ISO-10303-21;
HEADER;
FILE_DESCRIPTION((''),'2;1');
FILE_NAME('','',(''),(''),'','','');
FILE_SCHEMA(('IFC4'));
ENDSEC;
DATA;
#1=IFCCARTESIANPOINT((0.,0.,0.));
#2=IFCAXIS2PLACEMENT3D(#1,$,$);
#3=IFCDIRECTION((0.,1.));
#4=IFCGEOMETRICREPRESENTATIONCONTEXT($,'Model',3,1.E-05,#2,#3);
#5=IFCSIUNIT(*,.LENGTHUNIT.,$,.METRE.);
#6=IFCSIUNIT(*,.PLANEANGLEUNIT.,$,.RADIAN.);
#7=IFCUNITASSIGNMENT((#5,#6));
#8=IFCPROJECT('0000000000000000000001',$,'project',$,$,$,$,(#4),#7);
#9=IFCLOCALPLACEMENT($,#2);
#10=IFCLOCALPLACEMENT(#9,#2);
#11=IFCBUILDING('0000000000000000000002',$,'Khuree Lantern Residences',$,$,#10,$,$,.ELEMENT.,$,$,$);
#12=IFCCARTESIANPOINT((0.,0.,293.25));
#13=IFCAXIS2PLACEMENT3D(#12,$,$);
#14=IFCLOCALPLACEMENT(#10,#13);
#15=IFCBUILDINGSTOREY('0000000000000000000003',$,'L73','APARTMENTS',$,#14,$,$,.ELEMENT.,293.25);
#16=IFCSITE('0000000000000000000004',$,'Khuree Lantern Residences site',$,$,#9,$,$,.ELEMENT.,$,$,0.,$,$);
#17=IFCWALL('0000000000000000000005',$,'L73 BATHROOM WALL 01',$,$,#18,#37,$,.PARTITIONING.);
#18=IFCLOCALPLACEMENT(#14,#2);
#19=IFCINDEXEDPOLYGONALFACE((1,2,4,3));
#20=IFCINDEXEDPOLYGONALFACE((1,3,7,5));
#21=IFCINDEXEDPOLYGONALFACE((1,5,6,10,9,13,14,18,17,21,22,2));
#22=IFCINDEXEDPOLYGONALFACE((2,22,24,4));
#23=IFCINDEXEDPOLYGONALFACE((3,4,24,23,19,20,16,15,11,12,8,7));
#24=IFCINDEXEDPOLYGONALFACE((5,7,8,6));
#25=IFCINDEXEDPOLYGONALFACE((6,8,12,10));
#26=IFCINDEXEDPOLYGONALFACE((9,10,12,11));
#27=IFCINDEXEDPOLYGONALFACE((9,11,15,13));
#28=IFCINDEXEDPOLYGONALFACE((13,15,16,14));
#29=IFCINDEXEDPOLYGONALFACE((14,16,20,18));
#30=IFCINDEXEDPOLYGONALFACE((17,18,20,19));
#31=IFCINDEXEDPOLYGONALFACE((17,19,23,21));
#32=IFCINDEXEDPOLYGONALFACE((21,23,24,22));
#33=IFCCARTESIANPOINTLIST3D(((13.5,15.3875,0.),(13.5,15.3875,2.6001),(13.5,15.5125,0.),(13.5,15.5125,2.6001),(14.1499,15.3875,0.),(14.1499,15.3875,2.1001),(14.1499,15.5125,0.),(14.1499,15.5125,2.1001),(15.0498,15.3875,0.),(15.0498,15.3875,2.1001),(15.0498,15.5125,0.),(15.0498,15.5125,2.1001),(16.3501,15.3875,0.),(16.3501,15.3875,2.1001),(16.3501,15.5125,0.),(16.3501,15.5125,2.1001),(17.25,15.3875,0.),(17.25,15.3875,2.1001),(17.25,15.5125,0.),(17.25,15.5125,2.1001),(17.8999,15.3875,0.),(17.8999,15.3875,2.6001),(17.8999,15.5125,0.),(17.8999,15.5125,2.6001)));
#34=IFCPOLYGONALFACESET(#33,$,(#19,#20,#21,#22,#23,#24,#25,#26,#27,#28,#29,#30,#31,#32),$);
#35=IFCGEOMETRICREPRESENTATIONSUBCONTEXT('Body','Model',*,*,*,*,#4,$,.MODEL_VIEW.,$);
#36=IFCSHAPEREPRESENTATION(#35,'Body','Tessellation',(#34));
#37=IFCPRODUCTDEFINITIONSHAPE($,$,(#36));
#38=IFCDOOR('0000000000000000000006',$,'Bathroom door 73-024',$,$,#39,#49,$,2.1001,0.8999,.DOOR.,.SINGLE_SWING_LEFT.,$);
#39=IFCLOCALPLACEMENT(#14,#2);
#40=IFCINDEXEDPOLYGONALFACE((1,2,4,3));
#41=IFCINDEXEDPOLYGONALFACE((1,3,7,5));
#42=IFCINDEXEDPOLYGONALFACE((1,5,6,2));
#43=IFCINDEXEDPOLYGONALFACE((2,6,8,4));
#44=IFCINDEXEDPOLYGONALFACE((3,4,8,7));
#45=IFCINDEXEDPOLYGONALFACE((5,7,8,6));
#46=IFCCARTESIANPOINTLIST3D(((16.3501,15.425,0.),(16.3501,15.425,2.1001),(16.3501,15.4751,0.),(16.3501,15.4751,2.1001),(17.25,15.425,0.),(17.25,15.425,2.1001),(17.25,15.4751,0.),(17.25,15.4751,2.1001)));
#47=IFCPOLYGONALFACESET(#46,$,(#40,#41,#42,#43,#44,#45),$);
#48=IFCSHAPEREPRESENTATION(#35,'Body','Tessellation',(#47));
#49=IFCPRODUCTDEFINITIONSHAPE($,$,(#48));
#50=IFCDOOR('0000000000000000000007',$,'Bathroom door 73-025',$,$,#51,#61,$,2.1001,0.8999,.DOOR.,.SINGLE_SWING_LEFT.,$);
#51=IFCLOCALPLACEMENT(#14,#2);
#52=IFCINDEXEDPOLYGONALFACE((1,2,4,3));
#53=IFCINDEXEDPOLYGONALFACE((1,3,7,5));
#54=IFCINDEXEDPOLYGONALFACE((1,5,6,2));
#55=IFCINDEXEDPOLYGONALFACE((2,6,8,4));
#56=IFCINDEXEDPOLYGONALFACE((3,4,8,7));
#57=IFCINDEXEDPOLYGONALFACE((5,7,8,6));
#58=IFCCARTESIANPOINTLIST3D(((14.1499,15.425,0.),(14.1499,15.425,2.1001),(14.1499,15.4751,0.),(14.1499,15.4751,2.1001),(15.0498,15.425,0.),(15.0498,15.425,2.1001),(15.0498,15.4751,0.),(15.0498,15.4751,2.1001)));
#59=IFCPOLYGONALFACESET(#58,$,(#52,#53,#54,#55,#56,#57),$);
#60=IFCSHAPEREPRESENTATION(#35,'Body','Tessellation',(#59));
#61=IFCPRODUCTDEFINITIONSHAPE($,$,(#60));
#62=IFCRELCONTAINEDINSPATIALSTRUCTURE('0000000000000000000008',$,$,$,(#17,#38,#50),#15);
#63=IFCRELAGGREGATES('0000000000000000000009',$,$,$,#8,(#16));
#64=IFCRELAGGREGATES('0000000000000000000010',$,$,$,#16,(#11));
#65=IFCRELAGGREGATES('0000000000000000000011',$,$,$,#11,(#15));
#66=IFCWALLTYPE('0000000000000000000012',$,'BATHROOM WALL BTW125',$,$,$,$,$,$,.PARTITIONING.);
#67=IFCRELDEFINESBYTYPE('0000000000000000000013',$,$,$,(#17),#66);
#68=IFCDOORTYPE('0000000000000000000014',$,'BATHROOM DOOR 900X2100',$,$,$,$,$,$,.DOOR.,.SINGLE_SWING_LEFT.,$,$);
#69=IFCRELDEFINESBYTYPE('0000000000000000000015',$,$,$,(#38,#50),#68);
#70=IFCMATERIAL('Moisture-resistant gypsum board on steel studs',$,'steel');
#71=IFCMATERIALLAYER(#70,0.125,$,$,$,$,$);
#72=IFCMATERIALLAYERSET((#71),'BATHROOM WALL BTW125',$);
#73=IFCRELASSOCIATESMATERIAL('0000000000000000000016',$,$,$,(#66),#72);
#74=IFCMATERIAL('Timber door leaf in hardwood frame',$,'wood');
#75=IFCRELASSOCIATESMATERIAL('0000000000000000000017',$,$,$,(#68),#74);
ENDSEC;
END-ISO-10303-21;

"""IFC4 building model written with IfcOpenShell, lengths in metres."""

from ifc_helpers import new_model, si_unit, direction, frame, frame_2d, origin, place, context, subcontext, project, spatial, rectangle, extrude, material, layer, layer_set, type_object, element, fill, save


model = new_model("IFC4")

# Units and contexts
model_context = context("Model", 3, precision=1e-05, world=origin(), true_north=direction((0.0, 1.0)))
body_context = subcontext(model_context, "Body", "Model", "MODEL_VIEW")
ifc_project = project(units=[si_unit("LENGTHUNIT", "METRE"), si_unit("PLANEANGLEUNIT", "RADIAN")], contexts=[model_context])

# Site, building, storey
site_placement = place(None, origin())
site = spatial("IfcSite", under=ifc_project, at=site_placement, Name="Khuree Lantern Residences site", CompositionType="ELEMENT", RefElevation=0.0)
building_placement = place(site_placement, origin())
building = spatial("IfcBuilding", under=site, at=building_placement, Name="Khuree Lantern Residences", CompositionType="ELEMENT")
storey_placement = place(building_placement, frame((0.0, 0.0, 293.25)))
storey = spatial("IfcBuildingStorey", under=building, at=storey_placement, Name="L73", Description="APARTMENTS", CompositionType="ELEMENT", Elevation=293.25)

# Wall, openings, doors
ifc_material_1 = material(Name="Moisture-resistant gypsum board on steel studs", Category="steel")
ifc_layer_1 = layer(ifc_material_1, 0.125)
ifc_layer_set_1 = layer_set([ifc_layer_1], Name="BATHROOM WALL BTW125")
wall_type = type_object("IfcWallType", Name="BATHROOM WALL BTW125", PredefinedType="PARTITIONING", material=ifc_layer_set_1)
wall_placement = place(storey_placement, frame((17.8999, 15.45, 0.0), z_axis=(0.0, 0.0, 1.0), x_axis=(-1.0, 0.0, 0.0)))
wall = element("IfcWall", 1, at=wall_placement, inside=storey, type_object=wall_type, Name="L73 BATHROOM WALL 01", PredefinedType="PARTITIONING", context=body_context, shape_type="SweptSolid", body=[
    extrude(rectangle(XDim=4.3999, YDim=0.125, at=frame_2d((2.2, 0.0))), origin(), (0.0, 0.0, 1.0), 2.6001),
])
opening_1_placement = place(wall_placement, frame((0.6499, 0.0, 0.0)))
opening_1 = element("IfcOpeningElement", 2, at=opening_1_placement, cuts=wall, PredefinedType="OPENING", context=body_context, shape_type="SweptSolid", body=[
    extrude(rectangle(XDim=0.8999, YDim=2.1001, at=frame_2d((0.45, 1.05))), frame((0.0, 0.0725, 0.0), z_axis=(0.0, -1.0, 0.0), x_axis=(1.0, 0.0, 0.0)), (0.0, 0.0, 1.0), 0.145),
])
opening_2_placement = place(wall_placement, frame((2.8501, 0.0, 0.0)))
opening_2 = element("IfcOpeningElement", 3, at=opening_2_placement, cuts=wall, PredefinedType="OPENING", context=body_context, shape_type="SweptSolid", body=[
    extrude(rectangle(XDim=0.8999, YDim=2.1001, at=frame_2d((0.45, 1.05))), frame((0.0, 0.0725, 0.0), z_axis=(0.0, -1.0, 0.0), x_axis=(1.0, 0.0, 0.0)), (0.0, 0.0, 1.0), 0.145),
])
ifc_material_2 = material(Name="Timber door leaf in hardwood frame", Category="wood")
door_type = type_object("IfcDoorType", Name="BATHROOM DOOR 900X2100", OperationType="SINGLE_SWING_LEFT", PredefinedType="DOOR", material=ifc_material_2)
door_1_placement = place(opening_1_placement, origin())
door_1 = element("IfcDoor", 4, at=door_1_placement, inside=storey, type_object=door_type, Name="Bathroom door 73-024", OperationType="SINGLE_SWING_LEFT", OverallHeight=2.1001, OverallWidth=0.8999, PredefinedType="DOOR", context=body_context, shape_type="SweptSolid", body=[
    extrude(rectangle(XDim=0.8999, YDim=2.1001, at=frame_2d((0.45, 1.05))), frame((0.0, 0.0249, 0.0), z_axis=(0.0, -1.0, 0.0), x_axis=(1.0, 0.0, 0.0)), (0.0, 0.0, 1.0), 0.05),
])
fill(opening_1, door_1)
door_2_placement = place(opening_2_placement, origin())
door_2 = element("IfcDoor", 5, at=door_2_placement, inside=storey, type_object=door_type, Name="Bathroom door 73-025", OperationType="SINGLE_SWING_LEFT", OverallHeight=2.1001, OverallWidth=0.8999, PredefinedType="DOOR", context=body_context, shape_type="SweptSolid", body=[
    extrude(rectangle(XDim=0.8999, YDim=2.1001, at=frame_2d((0.45, 1.05))), frame((0.0, 0.0249, 0.0), z_axis=(0.0, -1.0, 0.0), x_axis=(1.0, 0.0, 0.0)), (0.0, 0.0, 1.0), 0.05),
])
fill(opening_2, door_2)

save(model, "model.ifc")
